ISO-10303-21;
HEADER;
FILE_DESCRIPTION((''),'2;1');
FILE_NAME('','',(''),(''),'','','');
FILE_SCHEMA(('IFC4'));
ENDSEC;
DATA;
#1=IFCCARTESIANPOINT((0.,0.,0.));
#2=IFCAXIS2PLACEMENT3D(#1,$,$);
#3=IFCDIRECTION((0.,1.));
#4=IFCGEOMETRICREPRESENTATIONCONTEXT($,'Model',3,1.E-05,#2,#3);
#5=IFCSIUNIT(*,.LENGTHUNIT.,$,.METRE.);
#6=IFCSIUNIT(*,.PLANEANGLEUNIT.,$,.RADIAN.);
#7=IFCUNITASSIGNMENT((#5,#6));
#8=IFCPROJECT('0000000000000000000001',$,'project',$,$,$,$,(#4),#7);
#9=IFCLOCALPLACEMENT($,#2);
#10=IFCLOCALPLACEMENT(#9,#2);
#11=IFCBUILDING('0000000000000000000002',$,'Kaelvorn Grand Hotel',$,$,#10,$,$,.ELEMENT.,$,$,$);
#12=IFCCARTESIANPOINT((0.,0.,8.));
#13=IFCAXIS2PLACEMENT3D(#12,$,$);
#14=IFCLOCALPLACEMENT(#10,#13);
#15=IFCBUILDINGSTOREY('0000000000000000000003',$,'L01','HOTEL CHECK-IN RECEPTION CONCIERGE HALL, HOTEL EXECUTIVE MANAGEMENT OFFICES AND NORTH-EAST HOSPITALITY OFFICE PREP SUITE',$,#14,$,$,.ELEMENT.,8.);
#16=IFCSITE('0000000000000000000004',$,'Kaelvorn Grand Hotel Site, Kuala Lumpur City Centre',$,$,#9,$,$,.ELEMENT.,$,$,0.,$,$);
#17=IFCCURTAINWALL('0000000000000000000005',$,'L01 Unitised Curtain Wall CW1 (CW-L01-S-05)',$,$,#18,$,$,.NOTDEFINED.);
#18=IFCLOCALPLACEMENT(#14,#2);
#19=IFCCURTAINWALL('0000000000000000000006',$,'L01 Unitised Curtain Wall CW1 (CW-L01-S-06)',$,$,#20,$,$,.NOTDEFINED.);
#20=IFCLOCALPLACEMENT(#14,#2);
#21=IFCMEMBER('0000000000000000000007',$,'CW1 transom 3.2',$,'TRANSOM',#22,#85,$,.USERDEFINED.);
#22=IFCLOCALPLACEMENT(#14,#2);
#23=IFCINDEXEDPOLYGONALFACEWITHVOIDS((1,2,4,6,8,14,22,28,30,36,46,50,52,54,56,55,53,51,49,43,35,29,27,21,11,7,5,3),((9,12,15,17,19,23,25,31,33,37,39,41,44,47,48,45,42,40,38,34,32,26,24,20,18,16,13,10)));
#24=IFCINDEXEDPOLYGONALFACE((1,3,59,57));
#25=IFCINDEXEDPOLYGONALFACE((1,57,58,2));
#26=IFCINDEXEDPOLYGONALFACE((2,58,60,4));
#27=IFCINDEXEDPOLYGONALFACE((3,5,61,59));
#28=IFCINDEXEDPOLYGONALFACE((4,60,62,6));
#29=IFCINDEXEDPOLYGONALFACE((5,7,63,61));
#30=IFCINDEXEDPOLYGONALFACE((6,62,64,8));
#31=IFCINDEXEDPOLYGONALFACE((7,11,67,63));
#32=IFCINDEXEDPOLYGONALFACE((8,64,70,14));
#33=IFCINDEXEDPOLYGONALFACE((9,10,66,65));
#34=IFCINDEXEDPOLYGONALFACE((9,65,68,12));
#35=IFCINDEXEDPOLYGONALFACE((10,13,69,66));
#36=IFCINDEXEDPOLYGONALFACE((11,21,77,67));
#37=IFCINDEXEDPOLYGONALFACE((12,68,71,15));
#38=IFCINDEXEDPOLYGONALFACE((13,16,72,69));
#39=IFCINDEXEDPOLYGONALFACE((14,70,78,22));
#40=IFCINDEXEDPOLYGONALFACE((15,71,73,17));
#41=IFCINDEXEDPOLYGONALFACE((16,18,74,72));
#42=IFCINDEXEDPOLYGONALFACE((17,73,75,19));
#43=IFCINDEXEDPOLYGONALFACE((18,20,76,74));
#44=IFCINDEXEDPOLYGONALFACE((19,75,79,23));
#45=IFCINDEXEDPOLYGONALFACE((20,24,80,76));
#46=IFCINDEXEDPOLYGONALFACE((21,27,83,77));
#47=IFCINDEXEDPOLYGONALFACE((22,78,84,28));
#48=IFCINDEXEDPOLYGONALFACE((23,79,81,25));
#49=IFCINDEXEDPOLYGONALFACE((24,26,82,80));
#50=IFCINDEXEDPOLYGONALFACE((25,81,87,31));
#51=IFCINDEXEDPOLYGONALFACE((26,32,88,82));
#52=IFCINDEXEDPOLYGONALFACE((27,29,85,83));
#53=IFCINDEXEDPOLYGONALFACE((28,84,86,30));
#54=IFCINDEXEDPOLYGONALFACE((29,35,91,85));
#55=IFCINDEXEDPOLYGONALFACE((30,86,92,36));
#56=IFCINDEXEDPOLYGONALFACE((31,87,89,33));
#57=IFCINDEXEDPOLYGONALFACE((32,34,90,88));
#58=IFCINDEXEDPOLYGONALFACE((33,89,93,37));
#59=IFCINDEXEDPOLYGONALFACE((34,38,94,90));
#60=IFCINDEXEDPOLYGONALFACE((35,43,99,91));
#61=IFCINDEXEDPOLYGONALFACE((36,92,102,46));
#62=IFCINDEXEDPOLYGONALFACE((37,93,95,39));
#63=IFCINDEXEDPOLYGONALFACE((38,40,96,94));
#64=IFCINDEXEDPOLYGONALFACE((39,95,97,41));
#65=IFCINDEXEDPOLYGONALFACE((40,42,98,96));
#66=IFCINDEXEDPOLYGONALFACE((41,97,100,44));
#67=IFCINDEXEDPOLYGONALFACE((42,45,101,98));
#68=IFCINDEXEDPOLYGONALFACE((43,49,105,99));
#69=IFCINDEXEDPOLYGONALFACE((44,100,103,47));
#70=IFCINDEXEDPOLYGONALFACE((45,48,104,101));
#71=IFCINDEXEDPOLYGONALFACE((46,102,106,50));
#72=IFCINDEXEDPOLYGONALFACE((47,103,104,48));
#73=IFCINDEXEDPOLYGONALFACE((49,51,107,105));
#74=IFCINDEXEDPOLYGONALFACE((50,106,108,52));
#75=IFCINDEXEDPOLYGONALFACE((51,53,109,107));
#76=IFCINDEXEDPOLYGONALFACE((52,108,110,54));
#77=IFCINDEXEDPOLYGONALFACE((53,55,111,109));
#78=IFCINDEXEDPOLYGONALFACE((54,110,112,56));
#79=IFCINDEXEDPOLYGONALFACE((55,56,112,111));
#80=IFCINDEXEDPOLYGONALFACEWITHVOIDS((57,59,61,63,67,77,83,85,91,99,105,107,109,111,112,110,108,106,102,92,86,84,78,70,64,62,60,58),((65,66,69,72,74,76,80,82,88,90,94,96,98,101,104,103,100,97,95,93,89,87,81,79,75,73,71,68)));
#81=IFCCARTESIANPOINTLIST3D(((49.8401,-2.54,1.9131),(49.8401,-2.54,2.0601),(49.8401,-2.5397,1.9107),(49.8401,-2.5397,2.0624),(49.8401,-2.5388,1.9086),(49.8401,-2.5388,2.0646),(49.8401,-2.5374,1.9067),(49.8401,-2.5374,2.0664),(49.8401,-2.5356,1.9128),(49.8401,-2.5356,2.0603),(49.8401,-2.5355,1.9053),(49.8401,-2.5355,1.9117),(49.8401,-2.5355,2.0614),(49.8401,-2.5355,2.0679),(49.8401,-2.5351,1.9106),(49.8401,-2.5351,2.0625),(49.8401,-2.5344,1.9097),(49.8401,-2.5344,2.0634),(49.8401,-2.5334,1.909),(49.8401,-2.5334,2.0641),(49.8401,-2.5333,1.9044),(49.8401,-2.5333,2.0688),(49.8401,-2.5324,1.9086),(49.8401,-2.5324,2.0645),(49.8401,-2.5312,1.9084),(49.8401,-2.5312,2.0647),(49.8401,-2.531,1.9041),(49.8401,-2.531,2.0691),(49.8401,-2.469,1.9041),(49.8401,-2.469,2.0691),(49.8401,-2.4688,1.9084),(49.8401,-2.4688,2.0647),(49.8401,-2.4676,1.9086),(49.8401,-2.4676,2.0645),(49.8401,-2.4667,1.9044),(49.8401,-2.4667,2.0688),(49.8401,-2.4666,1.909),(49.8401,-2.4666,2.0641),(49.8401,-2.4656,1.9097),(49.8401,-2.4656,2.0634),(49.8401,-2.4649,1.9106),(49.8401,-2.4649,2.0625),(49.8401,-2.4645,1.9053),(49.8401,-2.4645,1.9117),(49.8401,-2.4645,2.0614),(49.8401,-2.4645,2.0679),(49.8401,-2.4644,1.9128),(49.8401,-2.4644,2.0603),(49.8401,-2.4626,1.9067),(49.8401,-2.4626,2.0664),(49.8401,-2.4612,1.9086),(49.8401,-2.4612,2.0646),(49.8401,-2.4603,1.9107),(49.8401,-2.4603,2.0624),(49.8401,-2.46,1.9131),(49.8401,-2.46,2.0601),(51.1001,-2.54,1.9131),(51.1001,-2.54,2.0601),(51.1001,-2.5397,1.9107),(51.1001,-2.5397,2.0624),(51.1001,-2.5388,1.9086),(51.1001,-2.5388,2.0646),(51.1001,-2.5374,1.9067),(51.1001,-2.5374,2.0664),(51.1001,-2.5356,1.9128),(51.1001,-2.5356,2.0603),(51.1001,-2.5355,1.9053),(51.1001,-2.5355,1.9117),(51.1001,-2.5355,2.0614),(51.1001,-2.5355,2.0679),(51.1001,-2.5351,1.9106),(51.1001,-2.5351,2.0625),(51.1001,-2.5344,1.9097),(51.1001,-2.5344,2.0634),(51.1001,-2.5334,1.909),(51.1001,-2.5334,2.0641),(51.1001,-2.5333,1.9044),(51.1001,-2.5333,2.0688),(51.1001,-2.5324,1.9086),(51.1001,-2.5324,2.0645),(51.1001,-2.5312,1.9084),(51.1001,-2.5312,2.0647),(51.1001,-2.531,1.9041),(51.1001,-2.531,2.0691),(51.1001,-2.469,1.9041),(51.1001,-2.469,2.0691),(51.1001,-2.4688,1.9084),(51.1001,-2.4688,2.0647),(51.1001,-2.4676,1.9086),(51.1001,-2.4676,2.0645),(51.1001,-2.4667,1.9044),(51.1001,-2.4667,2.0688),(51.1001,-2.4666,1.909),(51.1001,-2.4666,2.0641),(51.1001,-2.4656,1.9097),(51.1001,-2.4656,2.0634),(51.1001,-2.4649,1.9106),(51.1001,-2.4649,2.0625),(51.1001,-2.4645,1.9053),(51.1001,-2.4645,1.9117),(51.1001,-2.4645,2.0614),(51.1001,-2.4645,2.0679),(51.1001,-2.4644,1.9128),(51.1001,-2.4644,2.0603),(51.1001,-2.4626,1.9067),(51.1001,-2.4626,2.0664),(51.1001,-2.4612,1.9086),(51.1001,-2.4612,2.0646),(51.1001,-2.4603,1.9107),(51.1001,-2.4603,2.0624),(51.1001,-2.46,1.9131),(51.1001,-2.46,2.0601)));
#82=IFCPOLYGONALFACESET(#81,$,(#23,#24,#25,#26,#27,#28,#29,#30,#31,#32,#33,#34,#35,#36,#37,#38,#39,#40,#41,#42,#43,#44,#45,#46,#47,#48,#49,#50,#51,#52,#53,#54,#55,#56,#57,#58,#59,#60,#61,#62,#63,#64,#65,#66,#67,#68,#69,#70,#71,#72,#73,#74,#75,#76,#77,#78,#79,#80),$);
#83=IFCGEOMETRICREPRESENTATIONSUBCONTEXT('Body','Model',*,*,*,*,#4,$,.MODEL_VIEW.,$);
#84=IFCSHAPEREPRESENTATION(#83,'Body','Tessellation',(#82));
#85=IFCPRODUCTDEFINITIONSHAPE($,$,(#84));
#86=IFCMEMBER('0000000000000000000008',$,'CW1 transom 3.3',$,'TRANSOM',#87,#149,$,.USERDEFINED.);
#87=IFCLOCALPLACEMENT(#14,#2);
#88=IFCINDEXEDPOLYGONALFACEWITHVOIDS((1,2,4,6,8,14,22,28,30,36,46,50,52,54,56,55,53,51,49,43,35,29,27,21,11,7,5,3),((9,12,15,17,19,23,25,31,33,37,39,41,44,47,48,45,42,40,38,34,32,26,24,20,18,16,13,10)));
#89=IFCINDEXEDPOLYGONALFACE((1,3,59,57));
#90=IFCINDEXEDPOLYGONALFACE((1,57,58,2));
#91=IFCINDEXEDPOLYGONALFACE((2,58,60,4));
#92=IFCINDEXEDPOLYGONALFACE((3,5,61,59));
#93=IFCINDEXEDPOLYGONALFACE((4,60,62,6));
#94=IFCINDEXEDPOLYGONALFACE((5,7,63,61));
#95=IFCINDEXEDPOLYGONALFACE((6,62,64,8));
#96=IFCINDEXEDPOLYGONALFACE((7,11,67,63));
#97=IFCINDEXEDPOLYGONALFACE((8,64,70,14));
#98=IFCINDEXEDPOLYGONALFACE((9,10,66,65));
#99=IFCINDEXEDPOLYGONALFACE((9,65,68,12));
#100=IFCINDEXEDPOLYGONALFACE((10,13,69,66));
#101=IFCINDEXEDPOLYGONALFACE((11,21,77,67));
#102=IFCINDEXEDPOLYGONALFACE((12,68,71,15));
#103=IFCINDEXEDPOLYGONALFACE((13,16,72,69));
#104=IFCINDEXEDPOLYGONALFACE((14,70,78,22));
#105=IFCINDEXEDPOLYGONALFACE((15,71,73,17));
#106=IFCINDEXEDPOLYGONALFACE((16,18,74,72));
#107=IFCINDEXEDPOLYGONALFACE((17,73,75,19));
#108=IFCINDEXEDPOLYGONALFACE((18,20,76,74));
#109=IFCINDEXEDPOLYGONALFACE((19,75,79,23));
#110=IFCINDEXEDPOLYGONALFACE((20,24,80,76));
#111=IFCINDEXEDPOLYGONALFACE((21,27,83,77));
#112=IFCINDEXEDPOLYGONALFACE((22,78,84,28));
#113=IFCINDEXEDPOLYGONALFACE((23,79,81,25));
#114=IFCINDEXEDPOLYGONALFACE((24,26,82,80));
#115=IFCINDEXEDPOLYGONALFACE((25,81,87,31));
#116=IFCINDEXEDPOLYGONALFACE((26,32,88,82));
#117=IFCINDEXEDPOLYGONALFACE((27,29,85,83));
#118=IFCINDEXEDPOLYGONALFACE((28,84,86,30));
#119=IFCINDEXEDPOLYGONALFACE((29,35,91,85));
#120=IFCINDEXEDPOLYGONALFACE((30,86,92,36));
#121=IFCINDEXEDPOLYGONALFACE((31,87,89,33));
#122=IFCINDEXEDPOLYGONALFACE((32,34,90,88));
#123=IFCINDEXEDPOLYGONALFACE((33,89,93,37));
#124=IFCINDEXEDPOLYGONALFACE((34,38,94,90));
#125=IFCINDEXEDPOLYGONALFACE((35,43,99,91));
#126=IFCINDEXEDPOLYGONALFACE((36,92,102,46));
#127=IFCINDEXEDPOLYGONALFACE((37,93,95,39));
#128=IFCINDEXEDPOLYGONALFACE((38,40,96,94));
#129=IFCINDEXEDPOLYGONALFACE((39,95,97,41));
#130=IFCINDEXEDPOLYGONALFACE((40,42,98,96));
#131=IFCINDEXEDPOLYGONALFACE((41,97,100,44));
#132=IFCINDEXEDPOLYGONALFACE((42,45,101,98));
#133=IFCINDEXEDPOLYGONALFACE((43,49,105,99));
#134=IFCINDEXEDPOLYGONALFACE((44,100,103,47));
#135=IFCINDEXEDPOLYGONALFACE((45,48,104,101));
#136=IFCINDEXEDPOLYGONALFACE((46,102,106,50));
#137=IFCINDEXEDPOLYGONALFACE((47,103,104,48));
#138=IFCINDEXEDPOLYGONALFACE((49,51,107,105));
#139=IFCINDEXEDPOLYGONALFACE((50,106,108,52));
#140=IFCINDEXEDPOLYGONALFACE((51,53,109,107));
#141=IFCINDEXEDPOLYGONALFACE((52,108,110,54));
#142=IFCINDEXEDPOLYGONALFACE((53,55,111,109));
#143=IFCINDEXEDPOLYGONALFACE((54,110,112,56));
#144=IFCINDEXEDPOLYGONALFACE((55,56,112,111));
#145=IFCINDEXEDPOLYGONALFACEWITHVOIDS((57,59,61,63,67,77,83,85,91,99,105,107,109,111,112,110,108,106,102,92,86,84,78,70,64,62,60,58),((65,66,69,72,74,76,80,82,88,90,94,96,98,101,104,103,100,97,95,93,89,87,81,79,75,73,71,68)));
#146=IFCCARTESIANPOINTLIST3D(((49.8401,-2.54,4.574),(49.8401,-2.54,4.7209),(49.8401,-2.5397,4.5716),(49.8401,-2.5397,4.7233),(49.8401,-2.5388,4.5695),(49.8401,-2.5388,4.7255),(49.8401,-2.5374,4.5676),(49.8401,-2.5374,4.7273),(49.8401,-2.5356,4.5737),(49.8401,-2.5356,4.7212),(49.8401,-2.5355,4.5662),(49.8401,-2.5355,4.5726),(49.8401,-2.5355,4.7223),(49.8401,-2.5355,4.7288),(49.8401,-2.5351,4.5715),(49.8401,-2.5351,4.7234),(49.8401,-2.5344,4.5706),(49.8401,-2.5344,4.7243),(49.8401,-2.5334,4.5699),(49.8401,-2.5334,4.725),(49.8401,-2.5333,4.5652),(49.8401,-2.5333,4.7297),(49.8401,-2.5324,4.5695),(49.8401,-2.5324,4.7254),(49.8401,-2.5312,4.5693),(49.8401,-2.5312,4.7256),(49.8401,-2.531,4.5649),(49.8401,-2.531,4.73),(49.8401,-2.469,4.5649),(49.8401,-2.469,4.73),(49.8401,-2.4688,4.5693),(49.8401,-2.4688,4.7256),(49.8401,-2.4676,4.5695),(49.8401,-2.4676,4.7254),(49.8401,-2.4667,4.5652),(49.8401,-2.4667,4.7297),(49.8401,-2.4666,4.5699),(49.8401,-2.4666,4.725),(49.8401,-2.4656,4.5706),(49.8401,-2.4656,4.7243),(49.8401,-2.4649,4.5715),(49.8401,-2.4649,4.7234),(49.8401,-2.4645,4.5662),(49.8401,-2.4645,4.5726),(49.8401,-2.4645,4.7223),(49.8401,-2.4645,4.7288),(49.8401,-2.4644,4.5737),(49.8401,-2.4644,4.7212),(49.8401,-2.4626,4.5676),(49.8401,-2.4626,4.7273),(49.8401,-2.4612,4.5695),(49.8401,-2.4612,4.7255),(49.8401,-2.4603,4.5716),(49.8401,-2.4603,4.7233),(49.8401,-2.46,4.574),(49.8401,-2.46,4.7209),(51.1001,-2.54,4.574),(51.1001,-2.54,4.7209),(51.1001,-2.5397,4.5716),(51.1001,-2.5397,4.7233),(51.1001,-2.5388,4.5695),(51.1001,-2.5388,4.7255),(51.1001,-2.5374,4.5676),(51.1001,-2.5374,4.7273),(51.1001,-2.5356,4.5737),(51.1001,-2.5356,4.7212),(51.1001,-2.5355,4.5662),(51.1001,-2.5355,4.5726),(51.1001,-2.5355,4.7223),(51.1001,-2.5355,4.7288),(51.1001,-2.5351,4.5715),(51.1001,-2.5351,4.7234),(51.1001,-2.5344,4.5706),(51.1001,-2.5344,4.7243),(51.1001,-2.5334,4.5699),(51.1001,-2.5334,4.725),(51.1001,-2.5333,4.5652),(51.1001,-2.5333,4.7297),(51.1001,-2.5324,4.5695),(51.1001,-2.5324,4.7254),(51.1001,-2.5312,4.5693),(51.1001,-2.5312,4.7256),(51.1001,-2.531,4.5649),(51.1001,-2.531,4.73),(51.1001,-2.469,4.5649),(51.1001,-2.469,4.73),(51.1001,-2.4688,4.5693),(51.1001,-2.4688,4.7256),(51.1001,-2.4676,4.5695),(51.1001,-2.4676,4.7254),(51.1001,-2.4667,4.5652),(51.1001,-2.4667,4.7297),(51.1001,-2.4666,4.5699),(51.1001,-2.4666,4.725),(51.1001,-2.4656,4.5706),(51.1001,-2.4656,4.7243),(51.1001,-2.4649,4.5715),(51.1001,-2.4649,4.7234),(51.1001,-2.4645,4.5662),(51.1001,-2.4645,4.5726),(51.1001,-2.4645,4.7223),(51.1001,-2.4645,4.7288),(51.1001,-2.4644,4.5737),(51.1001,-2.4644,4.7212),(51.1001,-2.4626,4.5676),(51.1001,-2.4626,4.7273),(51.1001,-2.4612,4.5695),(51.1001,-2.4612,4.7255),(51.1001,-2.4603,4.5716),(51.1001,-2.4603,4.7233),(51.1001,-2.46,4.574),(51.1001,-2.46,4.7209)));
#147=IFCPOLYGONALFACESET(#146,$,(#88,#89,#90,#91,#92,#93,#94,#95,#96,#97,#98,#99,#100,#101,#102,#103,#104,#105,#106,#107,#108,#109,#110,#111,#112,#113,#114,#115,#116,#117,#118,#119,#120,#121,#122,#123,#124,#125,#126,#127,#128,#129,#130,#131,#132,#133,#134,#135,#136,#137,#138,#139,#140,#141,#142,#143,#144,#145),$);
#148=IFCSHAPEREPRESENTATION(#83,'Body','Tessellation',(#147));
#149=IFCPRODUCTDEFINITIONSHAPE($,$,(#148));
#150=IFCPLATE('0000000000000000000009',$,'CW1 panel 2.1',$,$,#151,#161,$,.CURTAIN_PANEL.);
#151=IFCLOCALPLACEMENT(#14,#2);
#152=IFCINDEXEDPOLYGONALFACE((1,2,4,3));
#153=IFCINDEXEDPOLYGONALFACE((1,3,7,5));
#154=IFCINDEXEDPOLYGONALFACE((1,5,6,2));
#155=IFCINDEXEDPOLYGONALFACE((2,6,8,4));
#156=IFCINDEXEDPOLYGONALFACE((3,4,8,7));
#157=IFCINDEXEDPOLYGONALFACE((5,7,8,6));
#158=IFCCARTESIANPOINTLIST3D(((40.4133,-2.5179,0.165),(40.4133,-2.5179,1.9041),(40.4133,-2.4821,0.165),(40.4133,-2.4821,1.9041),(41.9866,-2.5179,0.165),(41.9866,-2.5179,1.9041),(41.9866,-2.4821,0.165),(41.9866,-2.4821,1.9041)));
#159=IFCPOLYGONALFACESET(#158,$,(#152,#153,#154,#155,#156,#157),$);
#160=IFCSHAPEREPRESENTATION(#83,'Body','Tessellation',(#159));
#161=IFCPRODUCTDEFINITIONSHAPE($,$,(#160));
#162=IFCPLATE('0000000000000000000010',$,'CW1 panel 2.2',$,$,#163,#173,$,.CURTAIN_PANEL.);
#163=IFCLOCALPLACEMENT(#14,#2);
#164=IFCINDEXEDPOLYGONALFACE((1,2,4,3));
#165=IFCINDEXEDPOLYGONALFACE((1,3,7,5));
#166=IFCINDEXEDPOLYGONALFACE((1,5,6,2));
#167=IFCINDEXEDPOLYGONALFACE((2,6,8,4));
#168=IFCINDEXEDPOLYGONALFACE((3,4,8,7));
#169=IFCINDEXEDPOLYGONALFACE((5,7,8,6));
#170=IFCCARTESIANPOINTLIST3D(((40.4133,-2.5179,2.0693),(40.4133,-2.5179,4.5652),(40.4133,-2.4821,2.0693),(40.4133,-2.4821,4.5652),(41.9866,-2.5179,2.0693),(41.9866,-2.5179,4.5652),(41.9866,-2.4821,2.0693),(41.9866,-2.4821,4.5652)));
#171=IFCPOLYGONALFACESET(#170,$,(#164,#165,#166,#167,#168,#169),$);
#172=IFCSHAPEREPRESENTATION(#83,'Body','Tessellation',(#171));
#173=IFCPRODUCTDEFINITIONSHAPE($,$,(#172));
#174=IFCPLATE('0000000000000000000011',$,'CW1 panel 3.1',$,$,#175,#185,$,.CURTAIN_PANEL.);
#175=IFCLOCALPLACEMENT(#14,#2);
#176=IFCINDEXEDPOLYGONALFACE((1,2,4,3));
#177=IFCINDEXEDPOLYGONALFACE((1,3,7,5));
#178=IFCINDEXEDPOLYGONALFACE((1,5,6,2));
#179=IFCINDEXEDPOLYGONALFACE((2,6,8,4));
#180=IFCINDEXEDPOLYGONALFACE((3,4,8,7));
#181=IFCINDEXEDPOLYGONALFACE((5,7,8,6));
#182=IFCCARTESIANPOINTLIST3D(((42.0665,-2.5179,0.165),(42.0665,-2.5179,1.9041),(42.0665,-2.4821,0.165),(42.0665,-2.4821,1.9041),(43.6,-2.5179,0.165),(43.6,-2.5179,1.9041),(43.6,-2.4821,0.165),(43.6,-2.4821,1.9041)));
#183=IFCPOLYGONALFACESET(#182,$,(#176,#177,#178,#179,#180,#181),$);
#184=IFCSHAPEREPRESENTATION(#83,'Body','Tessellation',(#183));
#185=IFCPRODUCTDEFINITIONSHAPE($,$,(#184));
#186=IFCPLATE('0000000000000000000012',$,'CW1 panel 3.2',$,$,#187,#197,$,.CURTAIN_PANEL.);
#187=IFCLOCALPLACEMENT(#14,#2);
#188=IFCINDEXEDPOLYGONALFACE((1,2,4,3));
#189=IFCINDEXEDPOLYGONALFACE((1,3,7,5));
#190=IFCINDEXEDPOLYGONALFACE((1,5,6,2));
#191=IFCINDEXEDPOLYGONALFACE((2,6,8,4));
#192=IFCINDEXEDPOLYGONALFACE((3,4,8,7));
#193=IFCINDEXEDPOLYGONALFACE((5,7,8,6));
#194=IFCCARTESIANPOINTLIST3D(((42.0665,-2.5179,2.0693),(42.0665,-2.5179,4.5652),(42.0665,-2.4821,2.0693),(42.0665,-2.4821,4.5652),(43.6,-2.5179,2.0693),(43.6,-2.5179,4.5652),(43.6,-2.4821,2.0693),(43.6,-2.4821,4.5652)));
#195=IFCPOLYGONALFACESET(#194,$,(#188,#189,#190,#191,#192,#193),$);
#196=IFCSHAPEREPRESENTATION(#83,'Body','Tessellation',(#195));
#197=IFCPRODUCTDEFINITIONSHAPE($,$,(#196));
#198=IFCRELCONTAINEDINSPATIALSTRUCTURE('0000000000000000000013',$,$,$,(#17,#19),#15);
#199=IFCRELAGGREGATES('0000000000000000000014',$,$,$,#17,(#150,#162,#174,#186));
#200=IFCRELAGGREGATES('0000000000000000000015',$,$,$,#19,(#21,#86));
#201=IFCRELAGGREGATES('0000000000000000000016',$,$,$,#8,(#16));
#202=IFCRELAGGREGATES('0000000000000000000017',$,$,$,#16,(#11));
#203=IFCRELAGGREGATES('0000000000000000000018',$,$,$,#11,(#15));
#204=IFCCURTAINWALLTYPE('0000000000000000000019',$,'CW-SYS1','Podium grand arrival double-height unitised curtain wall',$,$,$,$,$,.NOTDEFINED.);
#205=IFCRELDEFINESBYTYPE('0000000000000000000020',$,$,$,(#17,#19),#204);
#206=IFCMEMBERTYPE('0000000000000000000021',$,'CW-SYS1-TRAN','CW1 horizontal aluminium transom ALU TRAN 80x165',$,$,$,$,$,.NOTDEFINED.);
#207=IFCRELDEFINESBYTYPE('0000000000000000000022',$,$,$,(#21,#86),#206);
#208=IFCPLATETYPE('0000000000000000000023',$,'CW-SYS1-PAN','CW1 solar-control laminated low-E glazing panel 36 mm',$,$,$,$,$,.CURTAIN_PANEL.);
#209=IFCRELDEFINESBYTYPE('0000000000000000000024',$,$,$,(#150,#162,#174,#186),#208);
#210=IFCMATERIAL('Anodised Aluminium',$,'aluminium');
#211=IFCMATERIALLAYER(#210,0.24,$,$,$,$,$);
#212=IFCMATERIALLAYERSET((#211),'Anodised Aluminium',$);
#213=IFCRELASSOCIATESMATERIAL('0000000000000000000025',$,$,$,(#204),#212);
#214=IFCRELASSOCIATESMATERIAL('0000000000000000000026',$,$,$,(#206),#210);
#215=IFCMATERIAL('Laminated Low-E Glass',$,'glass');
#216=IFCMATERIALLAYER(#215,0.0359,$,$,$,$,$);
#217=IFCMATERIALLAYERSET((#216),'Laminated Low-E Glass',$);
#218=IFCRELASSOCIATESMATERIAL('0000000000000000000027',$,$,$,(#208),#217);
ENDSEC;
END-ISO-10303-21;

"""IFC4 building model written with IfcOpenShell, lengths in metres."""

from ifc_helpers import new_model, si_unit, direction, frame, origin, origin_2d, place, context, subcontext, project, spatial, rectangle, hollow_rectangle, extrude, material, layer, layer_set, material_profile, profile_set, type_object, element, aggregate, save


model = new_model("IFC4")

# Units and contexts
model_context = context("Model", 3, precision=1e-05, world=origin(), true_north=direction((0.0, 1.0)))
body_context = subcontext(model_context, "Body", "Model", "MODEL_VIEW")
ifc_project = project(units=[si_unit("LENGTHUNIT", "METRE"), si_unit("PLANEANGLEUNIT", "RADIAN")], contexts=[model_context])

# Site, building, storey
site_placement = place(None, origin())
site = spatial("IfcSite", under=ifc_project, at=site_placement, Name="Kaelvorn Grand Hotel Site, Kuala Lumpur City Centre", CompositionType="ELEMENT", RefElevation=0.0)
building_placement = place(site_placement, origin())
building = spatial("IfcBuilding", under=site, at=building_placement, Name="Kaelvorn Grand Hotel", CompositionType="ELEMENT")
storey_placement = place(building_placement, frame((0.0, 0.0, 8.0)))
storey = spatial("IfcBuildingStorey", under=building, at=storey_placement, Name="L01", Description="HOTEL CHECK-IN RECEPTION CONCIERGE HALL, HOTEL EXECUTIVE MANAGEMENT OFFICES AND NORTH-EAST HOSPITALITY OFFICE PREP SUITE", CompositionType="ELEMENT", Elevation=8.0)

# Curtain walls
ifc_material_1 = material(Name="Anodised Aluminium", Category="aluminium")
ifc_layer_1 = layer(ifc_material_1, 0.24)
ifc_layer_set_1 = layer_set([ifc_layer_1], Name="Anodised Aluminium")
curtain_wall_type = type_object("IfcCurtainWallType", Name="CW-SYS1", Description="Podium grand arrival double-height unitised curtain wall", PredefinedType="NOTDEFINED", material=ifc_layer_set_1)
curtain_wall_1_placement = place(storey_placement, origin())
curtain_wall_1 = element("IfcCurtainWall", 1, at=curtain_wall_1_placement, inside=storey, type_object=curtain_wall_type, Name="L01 Unitised Curtain Wall CW1 (CW-L01-S-05)", PredefinedType="NOTDEFINED")
curtain_wall_2_placement = place(storey_placement, origin())
curtain_wall_2 = element("IfcCurtainWall", 2, at=curtain_wall_2_placement, inside=storey, type_object=curtain_wall_type, Name="L01 Unitised Curtain Wall CW1 (CW-L01-S-06)", PredefinedType="NOTDEFINED")

# Members
ifc_material_profile_1 = material_profile(ifc_material_1, hollow_rectangle(XDim=0.0801, YDim=0.165, WallThickness=0.0044, InnerFilletRadius=0.0044, OuterFilletRadius=0.009, at=origin_2d()), Name="ALU TRAN 80x165")
ifc_profile_set_1 = profile_set([ifc_material_profile_1], Name="Anodised Aluminium")
member_type_1 = type_object("IfcMemberType", Name="CW-SYS1-TRAN", Description="CW1 horizontal aluminium transom ALU TRAN 80x165", PredefinedType="NOTDEFINED", material=ifc_profile_set_1)
member_1_placement = place(storey_placement, frame((49.8401, -2.5, 1.9866), z_axis=(1.0, 0.0, 0.0), x_axis=(0.0, 1.0, 0.0)))
member_1 = element("IfcMember", 3, at=member_1_placement, type_object=member_type_1, Name="CW1 transom 3.2", ObjectType="TRANSOM", PredefinedType="USERDEFINED", context=body_context, shape_type="SweptSolid", body=[
    extrude(hollow_rectangle(XDim=0.0801, YDim=0.165, WallThickness=0.0044, InnerFilletRadius=0.0044, OuterFilletRadius=0.009, at=origin_2d()), origin(), (0.0, 0.0, 1.0), 1.26),
])
member_2_placement = place(storey_placement, frame((49.8401, -2.5, 4.6475), z_axis=(1.0, 0.0, 0.0), x_axis=(0.0, 1.0, 0.0)))
member_2 = element("IfcMember", 4, at=member_2_placement, type_object=member_type_1, Name="CW1 transom 3.3", ObjectType="TRANSOM", PredefinedType="USERDEFINED", context=body_context, shape_type="SweptSolid", body=[
    extrude(hollow_rectangle(XDim=0.0801, YDim=0.165, WallThickness=0.0044, InnerFilletRadius=0.0044, OuterFilletRadius=0.009, at=origin_2d()), origin(), (0.0, 0.0, 1.0), 1.26),
])

# Plates
ifc_material_2 = material(Name="Laminated Low-E Glass", Category="glass")
ifc_layer_2 = layer(ifc_material_2, 0.0359)
ifc_layer_set_2 = layer_set([ifc_layer_2], Name="Laminated Low-E Glass")
plate_type = type_object("IfcPlateType", Name="CW-SYS1-PAN", Description="CW1 solar-control laminated low-E glazing panel 36 mm", PredefinedType="CURTAIN_PANEL", material=ifc_layer_set_2)
plate_1_placement = place(storey_placement, frame((41.2, -2.5, 0.165), z_axis=(0.0, 0.0, 1.0), x_axis=(1.0, 0.0, 0.0)))
plate_1 = element("IfcPlate", 5, at=plate_1_placement, type_object=plate_type, Name="CW1 panel 2.1", PredefinedType="CURTAIN_PANEL", context=body_context, shape_type="SweptSolid", body=[
    extrude(rectangle(XDim=1.5732, YDim=0.0359, at=origin_2d()), origin(), (0.0, 0.0, 1.0), 1.739),
])
plate_2_placement = place(storey_placement, frame((41.2, -2.5, 2.0693), z_axis=(0.0, 0.0, 1.0), x_axis=(1.0, 0.0, 0.0)))
plate_2 = element("IfcPlate", 6, at=plate_2_placement, type_object=plate_type, Name="CW1 panel 2.2", PredefinedType="CURTAIN_PANEL", context=body_context, shape_type="SweptSolid", body=[
    extrude(rectangle(XDim=1.5732, YDim=0.0359, at=origin_2d()), origin(), (0.0, 0.0, 1.0), 2.4958),
])
plate_3_placement = place(storey_placement, frame((42.8333, -2.5, 0.165), z_axis=(0.0, 0.0, 1.0), x_axis=(1.0, 0.0, 0.0)))
plate_3 = element("IfcPlate", 7, at=plate_3_placement, type_object=plate_type, Name="CW1 panel 3.1", PredefinedType="CURTAIN_PANEL", context=body_context, shape_type="SweptSolid", body=[
    extrude(rectangle(XDim=1.5334, YDim=0.0359, at=origin_2d()), origin(), (0.0, 0.0, 1.0), 1.739),
])
plate_4_placement = place(storey_placement, frame((42.8333, -2.5, 2.0693), z_axis=(0.0, 0.0, 1.0), x_axis=(1.0, 0.0, 0.0)))
plate_4 = element("IfcPlate", 8, at=plate_4_placement, type_object=plate_type, Name="CW1 panel 3.2", PredefinedType="CURTAIN_PANEL", context=body_context, shape_type="SweptSolid", body=[
    extrude(rectangle(XDim=1.5334, YDim=0.0359, at=origin_2d()), origin(), (0.0, 0.0, 1.0), 2.4958),
])
aggregate(curtain_wall_1, [plate_1, plate_2, plate_3, plate_4])
aggregate(curtain_wall_2, [member_1, member_2])

save(model, "model.ifc")
